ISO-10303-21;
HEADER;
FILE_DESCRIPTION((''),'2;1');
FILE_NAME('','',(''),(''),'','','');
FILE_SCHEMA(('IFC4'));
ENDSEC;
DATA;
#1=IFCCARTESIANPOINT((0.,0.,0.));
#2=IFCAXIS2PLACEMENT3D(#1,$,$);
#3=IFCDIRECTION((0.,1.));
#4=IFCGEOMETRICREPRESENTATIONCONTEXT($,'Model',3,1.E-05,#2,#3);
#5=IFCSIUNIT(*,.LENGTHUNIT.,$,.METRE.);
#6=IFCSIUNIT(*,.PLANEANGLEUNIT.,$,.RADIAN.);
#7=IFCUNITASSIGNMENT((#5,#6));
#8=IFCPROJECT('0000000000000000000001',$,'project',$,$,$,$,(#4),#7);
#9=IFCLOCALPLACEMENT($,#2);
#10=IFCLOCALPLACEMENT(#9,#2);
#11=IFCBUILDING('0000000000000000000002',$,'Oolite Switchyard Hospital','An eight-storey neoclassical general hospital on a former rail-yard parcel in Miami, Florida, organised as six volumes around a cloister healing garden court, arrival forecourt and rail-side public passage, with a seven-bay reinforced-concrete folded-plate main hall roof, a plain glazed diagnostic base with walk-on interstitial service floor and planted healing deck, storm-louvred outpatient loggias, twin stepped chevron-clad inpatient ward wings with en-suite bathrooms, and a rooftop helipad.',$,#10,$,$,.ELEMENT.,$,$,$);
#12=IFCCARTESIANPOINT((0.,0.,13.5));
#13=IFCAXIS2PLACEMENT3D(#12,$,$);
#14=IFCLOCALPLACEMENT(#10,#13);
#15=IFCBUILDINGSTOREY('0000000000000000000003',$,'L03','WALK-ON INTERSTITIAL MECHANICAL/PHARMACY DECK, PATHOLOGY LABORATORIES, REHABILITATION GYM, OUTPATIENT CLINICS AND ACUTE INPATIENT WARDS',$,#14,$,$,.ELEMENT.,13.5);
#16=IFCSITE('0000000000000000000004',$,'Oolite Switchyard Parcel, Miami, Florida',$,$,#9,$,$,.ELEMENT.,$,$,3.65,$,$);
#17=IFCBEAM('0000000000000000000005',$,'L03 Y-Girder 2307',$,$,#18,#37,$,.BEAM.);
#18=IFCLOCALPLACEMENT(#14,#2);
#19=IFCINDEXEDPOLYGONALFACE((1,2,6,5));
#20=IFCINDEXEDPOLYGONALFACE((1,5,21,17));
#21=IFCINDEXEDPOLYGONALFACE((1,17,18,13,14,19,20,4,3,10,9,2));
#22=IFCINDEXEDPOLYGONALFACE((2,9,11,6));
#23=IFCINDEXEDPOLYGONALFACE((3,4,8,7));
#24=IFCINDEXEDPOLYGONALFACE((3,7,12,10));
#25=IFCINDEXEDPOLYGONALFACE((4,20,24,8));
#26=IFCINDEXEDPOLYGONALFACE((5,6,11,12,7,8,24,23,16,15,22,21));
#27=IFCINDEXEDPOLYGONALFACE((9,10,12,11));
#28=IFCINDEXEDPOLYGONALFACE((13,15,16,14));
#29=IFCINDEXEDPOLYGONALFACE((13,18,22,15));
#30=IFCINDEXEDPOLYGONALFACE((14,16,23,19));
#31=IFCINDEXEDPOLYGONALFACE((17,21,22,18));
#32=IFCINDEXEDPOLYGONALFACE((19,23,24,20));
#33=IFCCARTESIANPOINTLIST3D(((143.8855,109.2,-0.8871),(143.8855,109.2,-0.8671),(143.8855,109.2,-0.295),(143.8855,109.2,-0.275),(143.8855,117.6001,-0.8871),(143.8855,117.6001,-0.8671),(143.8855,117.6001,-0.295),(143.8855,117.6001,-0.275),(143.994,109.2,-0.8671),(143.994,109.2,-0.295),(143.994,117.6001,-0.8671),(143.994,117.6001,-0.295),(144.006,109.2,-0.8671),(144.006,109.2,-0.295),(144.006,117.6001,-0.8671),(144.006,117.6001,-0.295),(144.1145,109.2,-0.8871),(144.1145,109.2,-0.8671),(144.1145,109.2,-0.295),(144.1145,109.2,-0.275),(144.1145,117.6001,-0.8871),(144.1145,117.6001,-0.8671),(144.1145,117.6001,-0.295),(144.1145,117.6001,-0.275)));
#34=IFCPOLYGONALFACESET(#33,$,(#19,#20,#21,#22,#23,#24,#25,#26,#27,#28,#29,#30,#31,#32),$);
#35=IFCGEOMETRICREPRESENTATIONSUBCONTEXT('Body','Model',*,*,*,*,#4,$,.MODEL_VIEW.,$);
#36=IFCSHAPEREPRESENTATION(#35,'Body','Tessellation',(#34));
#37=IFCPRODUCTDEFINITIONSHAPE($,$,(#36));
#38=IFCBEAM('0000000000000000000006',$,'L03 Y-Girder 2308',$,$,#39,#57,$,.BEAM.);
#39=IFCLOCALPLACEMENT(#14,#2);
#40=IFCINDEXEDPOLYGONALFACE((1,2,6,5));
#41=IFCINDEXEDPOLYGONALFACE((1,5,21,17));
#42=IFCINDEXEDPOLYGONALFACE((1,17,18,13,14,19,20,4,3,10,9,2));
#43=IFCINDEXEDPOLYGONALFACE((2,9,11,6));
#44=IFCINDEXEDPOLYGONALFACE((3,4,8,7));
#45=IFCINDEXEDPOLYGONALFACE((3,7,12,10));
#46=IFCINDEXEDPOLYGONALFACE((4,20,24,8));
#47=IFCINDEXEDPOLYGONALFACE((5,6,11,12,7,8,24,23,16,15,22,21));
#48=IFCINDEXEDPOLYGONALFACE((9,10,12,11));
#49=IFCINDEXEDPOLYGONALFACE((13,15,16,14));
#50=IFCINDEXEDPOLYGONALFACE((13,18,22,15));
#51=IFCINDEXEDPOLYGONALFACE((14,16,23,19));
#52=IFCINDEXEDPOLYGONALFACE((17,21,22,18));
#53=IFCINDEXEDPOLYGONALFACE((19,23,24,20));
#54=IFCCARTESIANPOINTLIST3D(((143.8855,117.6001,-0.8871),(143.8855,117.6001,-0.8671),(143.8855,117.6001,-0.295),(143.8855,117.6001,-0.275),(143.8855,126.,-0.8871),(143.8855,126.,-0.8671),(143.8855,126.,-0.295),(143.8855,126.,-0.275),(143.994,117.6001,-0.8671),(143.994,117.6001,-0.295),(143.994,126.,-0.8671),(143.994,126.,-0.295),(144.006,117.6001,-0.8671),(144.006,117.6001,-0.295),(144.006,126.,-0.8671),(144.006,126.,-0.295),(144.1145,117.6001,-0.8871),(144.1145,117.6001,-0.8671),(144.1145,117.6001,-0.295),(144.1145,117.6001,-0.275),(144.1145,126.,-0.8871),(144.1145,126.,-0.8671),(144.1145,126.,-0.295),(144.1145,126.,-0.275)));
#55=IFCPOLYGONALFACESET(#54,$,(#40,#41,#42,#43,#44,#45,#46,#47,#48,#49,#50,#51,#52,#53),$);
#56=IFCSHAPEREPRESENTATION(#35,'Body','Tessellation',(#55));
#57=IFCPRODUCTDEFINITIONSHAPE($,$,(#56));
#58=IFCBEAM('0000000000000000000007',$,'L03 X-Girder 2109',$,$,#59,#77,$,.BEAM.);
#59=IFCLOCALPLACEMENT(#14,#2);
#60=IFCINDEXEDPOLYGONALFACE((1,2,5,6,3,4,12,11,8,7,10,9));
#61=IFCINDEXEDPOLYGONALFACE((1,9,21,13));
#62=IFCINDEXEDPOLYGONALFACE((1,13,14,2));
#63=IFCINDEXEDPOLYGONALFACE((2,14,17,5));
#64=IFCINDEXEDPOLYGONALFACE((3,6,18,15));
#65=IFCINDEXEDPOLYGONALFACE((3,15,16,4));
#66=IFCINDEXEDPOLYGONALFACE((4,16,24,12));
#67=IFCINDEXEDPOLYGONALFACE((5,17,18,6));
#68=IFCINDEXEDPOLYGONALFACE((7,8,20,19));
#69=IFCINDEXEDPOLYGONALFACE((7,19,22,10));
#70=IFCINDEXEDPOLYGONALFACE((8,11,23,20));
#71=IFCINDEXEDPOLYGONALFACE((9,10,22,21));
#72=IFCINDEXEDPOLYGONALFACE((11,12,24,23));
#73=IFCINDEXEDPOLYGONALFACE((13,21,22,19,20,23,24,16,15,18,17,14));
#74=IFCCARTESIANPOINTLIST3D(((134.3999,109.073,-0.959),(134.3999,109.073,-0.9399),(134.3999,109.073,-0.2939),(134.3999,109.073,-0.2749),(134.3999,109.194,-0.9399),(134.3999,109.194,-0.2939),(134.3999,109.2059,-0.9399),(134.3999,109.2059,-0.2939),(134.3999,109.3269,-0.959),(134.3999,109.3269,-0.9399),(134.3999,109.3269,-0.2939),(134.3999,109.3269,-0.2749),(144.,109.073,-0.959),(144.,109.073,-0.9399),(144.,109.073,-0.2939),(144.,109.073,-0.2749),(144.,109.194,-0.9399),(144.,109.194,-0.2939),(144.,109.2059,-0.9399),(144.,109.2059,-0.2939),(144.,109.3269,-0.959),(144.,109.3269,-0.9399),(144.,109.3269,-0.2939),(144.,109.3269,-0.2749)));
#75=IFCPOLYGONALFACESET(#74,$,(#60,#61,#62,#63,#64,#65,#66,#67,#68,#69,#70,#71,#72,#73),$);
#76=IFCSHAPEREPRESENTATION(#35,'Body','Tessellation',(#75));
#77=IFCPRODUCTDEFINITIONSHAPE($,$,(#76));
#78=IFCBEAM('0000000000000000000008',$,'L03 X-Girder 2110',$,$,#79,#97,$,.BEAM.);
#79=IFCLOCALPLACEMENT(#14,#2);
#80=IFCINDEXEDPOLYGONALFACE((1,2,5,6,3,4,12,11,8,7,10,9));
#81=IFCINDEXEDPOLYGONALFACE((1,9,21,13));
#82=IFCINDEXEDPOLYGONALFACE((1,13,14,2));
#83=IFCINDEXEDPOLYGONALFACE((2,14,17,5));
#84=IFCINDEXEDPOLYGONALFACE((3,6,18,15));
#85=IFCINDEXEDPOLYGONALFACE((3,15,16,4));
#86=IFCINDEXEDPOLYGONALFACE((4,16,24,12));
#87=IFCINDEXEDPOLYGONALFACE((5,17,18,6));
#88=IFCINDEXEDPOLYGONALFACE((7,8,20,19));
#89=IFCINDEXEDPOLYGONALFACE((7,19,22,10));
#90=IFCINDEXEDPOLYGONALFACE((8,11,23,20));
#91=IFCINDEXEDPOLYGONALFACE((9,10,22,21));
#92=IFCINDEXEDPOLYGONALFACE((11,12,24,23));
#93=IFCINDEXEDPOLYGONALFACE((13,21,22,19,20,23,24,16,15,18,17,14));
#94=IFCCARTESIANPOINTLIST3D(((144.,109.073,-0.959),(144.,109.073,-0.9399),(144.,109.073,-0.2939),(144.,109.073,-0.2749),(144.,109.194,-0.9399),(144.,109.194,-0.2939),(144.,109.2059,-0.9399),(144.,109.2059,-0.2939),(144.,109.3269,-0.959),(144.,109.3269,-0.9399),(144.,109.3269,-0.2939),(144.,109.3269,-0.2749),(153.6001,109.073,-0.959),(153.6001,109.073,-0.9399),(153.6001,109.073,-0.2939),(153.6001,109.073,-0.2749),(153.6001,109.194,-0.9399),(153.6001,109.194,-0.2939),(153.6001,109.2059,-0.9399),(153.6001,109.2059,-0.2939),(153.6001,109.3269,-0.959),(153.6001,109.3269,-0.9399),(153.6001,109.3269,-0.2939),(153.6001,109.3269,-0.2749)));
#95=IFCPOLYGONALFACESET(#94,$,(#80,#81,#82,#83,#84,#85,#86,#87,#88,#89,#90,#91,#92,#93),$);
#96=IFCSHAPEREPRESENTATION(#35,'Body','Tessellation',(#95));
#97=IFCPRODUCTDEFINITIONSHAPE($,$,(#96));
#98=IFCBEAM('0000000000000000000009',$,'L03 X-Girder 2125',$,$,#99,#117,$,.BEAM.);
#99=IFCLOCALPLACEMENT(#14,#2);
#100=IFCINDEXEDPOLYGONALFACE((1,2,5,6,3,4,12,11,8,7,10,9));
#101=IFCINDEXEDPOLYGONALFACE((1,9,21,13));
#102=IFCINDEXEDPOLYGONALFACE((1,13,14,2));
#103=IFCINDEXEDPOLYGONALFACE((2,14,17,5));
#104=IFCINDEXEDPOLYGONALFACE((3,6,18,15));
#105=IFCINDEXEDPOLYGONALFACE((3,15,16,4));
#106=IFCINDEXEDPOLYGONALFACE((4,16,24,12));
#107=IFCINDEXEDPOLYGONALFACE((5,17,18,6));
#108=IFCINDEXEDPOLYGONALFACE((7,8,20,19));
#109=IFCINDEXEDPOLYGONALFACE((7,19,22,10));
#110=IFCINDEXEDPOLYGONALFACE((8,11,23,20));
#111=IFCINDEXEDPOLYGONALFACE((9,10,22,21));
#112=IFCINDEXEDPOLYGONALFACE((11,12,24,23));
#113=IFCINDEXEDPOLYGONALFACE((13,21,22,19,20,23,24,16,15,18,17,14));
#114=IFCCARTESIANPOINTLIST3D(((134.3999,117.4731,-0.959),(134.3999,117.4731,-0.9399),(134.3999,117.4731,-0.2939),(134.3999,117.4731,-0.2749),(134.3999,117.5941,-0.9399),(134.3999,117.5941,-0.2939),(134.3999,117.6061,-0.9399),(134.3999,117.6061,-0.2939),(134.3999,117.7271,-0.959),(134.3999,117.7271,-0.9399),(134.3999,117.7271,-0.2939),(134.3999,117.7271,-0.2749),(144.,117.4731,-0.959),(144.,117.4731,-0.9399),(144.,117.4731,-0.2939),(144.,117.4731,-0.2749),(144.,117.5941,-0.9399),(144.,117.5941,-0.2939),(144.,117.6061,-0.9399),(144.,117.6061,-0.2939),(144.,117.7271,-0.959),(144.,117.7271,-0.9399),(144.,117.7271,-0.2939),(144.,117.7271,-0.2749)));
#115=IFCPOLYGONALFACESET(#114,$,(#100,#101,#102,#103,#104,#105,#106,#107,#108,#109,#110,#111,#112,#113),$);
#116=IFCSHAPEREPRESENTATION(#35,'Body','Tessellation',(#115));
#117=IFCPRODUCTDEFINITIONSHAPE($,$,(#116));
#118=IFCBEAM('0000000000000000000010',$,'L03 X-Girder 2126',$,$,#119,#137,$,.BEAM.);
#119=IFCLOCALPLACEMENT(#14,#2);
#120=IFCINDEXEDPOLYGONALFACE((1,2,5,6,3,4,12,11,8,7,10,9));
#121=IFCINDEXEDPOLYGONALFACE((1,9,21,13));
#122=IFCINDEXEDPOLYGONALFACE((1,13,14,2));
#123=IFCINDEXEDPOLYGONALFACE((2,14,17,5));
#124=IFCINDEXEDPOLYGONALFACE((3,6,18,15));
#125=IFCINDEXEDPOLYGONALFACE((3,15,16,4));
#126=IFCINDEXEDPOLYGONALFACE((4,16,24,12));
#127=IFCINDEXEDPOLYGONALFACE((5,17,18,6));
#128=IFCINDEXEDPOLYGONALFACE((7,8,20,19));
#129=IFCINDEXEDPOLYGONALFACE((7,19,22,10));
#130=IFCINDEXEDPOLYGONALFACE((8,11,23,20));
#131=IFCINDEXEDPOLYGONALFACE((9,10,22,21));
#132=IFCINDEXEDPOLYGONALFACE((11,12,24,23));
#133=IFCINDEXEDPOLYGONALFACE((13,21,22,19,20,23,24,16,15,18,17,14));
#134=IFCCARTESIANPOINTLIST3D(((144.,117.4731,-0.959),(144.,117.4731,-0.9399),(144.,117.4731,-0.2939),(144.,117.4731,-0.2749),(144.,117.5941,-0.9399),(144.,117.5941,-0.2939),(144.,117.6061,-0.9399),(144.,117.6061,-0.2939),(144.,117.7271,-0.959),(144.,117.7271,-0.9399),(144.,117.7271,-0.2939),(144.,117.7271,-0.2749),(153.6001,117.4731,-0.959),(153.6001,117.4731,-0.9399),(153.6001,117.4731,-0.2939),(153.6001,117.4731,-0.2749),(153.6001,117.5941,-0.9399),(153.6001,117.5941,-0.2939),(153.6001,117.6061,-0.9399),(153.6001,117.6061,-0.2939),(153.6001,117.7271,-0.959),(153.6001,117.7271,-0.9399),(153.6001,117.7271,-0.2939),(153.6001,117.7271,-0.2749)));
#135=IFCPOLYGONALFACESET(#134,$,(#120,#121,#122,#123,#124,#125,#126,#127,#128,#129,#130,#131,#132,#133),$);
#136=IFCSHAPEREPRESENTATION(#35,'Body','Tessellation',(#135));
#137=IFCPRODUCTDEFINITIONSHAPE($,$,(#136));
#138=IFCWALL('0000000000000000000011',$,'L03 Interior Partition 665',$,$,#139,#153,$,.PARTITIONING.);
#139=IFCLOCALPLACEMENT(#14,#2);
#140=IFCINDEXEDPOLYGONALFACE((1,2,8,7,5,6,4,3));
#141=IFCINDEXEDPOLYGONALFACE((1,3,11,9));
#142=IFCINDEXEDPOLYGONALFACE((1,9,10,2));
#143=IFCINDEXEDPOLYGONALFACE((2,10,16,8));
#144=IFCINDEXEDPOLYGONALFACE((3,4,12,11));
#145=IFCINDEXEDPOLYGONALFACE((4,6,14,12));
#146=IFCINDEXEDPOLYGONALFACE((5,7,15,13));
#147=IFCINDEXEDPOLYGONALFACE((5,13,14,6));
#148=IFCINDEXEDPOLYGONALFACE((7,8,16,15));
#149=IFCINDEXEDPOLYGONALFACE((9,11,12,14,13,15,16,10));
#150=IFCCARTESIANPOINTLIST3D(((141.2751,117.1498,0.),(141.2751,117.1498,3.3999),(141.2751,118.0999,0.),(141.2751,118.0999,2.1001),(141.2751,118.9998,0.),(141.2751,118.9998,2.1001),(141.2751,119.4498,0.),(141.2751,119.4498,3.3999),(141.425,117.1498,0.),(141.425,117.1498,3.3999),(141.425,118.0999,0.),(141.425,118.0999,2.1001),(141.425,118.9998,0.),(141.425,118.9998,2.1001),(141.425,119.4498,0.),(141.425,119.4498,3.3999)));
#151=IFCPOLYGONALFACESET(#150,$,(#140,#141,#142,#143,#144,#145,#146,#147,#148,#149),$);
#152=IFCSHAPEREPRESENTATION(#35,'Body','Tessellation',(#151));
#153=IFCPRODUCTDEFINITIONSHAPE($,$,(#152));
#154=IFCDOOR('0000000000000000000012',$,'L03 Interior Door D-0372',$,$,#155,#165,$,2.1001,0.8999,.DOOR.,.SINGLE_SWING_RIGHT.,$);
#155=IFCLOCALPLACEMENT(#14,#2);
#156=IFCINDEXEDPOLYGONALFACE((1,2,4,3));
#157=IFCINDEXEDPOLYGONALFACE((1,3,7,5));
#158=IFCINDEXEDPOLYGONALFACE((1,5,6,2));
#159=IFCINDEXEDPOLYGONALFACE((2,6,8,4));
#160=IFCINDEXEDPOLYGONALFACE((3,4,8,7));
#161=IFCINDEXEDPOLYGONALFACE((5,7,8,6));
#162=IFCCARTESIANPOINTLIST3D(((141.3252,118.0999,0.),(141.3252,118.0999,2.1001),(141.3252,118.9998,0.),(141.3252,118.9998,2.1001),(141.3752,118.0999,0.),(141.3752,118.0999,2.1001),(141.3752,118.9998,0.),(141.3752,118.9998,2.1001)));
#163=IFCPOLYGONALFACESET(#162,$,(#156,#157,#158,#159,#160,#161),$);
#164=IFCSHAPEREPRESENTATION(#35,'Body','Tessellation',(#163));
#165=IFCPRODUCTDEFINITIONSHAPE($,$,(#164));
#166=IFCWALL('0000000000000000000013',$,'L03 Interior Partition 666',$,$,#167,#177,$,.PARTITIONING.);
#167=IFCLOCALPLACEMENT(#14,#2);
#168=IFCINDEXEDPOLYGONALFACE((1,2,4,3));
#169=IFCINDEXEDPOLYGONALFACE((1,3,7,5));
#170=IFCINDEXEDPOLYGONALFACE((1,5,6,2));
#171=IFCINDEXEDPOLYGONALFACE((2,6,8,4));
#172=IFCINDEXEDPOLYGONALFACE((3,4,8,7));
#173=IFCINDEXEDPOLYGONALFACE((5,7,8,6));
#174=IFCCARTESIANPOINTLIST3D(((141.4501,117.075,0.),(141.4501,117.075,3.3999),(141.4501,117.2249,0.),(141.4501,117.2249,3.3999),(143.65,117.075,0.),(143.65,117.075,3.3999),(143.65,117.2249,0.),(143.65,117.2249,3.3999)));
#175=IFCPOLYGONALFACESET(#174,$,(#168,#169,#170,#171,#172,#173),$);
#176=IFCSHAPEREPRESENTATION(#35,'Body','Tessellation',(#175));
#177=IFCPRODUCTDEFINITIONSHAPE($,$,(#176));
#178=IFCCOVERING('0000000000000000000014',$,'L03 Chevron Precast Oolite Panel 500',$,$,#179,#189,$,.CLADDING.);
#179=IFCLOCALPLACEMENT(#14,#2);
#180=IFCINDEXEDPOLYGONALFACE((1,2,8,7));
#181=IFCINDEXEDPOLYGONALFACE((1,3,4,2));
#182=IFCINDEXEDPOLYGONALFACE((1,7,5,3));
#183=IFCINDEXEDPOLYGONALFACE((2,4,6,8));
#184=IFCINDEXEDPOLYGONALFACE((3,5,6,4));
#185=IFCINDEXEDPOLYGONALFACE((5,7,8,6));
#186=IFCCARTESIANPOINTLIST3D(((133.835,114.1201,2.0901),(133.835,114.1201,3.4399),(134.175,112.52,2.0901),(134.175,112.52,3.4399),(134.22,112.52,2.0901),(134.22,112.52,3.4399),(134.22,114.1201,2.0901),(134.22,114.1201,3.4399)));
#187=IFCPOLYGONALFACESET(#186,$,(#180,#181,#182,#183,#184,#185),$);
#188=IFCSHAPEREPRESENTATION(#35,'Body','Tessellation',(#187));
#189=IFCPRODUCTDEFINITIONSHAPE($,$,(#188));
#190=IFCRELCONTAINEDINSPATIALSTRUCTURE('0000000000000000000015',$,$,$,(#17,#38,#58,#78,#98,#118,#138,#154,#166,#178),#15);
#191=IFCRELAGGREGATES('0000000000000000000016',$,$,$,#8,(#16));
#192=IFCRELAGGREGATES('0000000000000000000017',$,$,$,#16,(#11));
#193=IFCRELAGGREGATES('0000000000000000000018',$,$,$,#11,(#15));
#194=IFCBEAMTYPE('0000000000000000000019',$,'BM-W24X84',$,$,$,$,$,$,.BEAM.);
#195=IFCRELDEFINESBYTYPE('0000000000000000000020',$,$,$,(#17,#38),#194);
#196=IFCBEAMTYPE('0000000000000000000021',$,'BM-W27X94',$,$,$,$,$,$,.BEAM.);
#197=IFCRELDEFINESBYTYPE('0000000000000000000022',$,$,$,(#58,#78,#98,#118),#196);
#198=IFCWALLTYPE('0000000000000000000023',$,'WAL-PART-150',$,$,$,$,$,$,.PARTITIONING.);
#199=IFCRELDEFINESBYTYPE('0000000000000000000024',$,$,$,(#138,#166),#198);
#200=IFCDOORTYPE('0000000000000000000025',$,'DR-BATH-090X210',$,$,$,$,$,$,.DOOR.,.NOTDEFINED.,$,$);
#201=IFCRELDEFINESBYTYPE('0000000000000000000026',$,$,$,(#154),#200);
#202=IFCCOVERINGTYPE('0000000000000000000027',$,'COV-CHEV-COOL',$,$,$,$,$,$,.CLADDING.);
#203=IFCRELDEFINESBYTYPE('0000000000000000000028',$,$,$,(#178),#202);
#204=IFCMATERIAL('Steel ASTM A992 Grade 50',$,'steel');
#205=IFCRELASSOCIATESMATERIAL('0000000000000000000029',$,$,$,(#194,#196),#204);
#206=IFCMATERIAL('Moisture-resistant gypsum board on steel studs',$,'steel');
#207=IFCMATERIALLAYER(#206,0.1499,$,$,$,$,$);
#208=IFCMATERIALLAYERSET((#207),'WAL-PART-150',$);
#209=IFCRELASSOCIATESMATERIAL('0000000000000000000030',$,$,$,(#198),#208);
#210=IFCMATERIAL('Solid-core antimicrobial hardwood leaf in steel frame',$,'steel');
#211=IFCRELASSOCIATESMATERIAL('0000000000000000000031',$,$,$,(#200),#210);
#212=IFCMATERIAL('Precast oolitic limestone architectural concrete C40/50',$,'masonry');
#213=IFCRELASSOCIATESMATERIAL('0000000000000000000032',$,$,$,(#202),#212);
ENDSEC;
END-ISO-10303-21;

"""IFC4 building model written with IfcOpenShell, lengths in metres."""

from ifc_helpers import new_model, si_unit, direction, frame, frame_2d, origin, origin_2d, place, context, subcontext, project, spatial, polyline, rectangle, i_section, outline, extrude, material, layer, layer_set, material_profile, profile_set, type_object, element, fill, save


model = new_model("IFC4")

# Units and contexts
model_context = context("Model", 3, precision=1e-05, world=origin(), true_north=direction((0.0, 1.0)))
body_context = subcontext(model_context, "Body", "Model", "MODEL_VIEW")
ifc_project = project(units=[si_unit("LENGTHUNIT", "METRE"), si_unit("PLANEANGLEUNIT", "RADIAN")], contexts=[model_context])

# Site, building, storey
site_placement = place(None, origin())
site = spatial("IfcSite", under=ifc_project, at=site_placement, Name="Oolite Switchyard Parcel, Miami, Florida", CompositionType="ELEMENT", RefElevation=3.65)
building_placement = place(site_placement, origin())
building = spatial("IfcBuilding", under=site, at=building_placement, Name="Oolite Switchyard Hospital", Description="An eight-storey neoclassical general hospital on a former rail-yard parcel in Miami, Florida, organised as six volumes around a cloister healing garden court, arrival forecourt and rail-side public passage, with a seven-bay reinforced-concrete folded-plate main hall roof, a plain glazed diagnostic base with walk-on interstitial service floor and planted healing deck, storm-louvred outpatient loggias, twin stepped chevron-clad inpatient ward wings with en-suite bathrooms, and a rooftop helipad.", CompositionType="ELEMENT")
storey_placement = place(building_placement, frame((0.0, 0.0, 13.5)))
storey = spatial("IfcBuildingStorey", under=building, at=storey_placement, Name="L03", Description="WALK-ON INTERSTITIAL MECHANICAL/PHARMACY DECK, PATHOLOGY LABORATORIES, REHABILITATION GYM, OUTPATIENT CLINICS AND ACUTE INPATIENT WARDS", CompositionType="ELEMENT", Elevation=13.5)

# Beams
ifc_material_1 = material(Name="Steel ASTM A992 Grade 50", Category="steel")
ifc_material_profile_1 = material_profile(ifc_material_1, i_section(OverallWidth=0.229, OverallDepth=0.6121, WebThickness=0.012, FlangeThickness=0.02, at=origin_2d()), Name="W24X84")
ifc_profile_set_1 = profile_set([ifc_material_profile_1], Name="Steel ASTM A992 Grade 50")
beam_type_1 = type_object("IfcBeamType", Name="BM-W24X84", PredefinedType="BEAM", material=ifc_profile_set_1)
beam_1_placement = place(storey_placement, frame((144.0, 109.2, -0.5811), z_axis=(0.0, 1.0, 0.0), x_axis=(-1.0, 0.0, 0.0)))
element("IfcBeam", 1, at=beam_1_placement, inside=storey, type_object=beam_type_1, Name="L03 Y-Girder 2307", PredefinedType="BEAM", context=body_context, shape_type="SweptSolid", body=[
    extrude(i_section(OverallWidth=0.229, OverallDepth=0.6121, WebThickness=0.012, FlangeThickness=0.02, at=origin_2d()), origin(), (0.0, 0.0, 1.0), 8.4001),
])
beam_2_placement = place(storey_placement, frame((144.0, 117.6001, -0.5811), z_axis=(0.0, 1.0, 0.0), x_axis=(-1.0, 0.0, 0.0)))
element("IfcBeam", 2, at=beam_2_placement, inside=storey, type_object=beam_type_1, Name="L03 Y-Girder 2308", PredefinedType="BEAM", context=body_context, shape_type="SweptSolid", body=[
    extrude(i_section(OverallWidth=0.229, OverallDepth=0.6121, WebThickness=0.012, FlangeThickness=0.02, at=origin_2d()), origin(), (0.0, 0.0, 1.0), 8.3999),
])
ifc_material_profile_2 = material_profile(ifc_material_1, i_section(OverallWidth=0.2539, OverallDepth=0.6841, WebThickness=0.012, FlangeThickness=0.019, at=origin_2d()), Name="W27X94")
ifc_profile_set_2 = profile_set([ifc_material_profile_2], Name="Steel ASTM A992 Grade 50")
beam_type_2 = type_object("IfcBeamType", Name="BM-W27X94", PredefinedType="BEAM", material=ifc_profile_set_2)
for number, where, z_axis, x_axis, name in (
    (3, (134.3999, 109.2, -0.6169), (1.0, 0.0, 0.0), (0.0, 1.0, 0.0), "L03 X-Girder 2109"),
    (4, (144.0, 109.2, -0.6169), (1.0, 0.0, 0.0), (0.0, 1.0, 0.0), "L03 X-Girder 2110"),
    (5, (134.3999, 117.6001, -0.6169), (1.0, 0.0, 0.0), (0.0, 1.0, 0.0), "L03 X-Girder 2125"),
    (6, (144.0, 117.6001, -0.6169), (1.0, 0.0, 0.0), (0.0, 1.0, 0.0), "L03 X-Girder 2126"),
):
    element("IfcBeam", number, at=place(storey_placement, frame(where, z_axis=z_axis, x_axis=x_axis)), inside=storey, type_object=beam_type_2, Name=name, PredefinedType="BEAM", context=body_context, shape_type="SweptSolid", body=[
        extrude(i_section(OverallWidth=0.2539, OverallDepth=0.6841, WebThickness=0.012, FlangeThickness=0.019, at=origin_2d()), origin(), (0.0, 0.0, 1.0), 9.6001),
    ])

# Wall, opening, door
ifc_material_2 = material(Name="Moisture-resistant gypsum board on steel studs", Category="steel")
ifc_layer = layer(ifc_material_2, 0.1499)
ifc_layer_set = layer_set([ifc_layer], Name="WAL-PART-150")
wall_type = type_object("IfcWallType", Name="WAL-PART-150", PredefinedType="PARTITIONING", material=ifc_layer_set)
wall_1_placement = place(storey_placement, frame((141.3501, 117.1499, 0.0), z_axis=(0.0, 0.0, 1.0), x_axis=(0.0, 1.0, 0.0)))
wall_1 = element("IfcWall", 7, at=wall_1_placement, inside=storey, type_object=wall_type, Name="L03 Interior Partition 665", PredefinedType="PARTITIONING", context=body_context, shape_type="SweptSolid", body=[
    extrude(rectangle(XDim=2.3, YDim=0.1499, at=frame_2d((1.1499, 0.0))), origin(), (0.0, 0.0, 1.0), 3.3999),
])
opening_placement = place(wall_1_placement, frame((0.95, 0.0, 0.0)))
opening = element("IfcOpeningElement", 8, at=opening_placement, cuts=wall_1, PredefinedType="OPENING", context=body_context, shape_type="SweptSolid", body=[
    extrude(rectangle(XDim=0.8999, YDim=2.1001, at=frame_2d((0.45, 1.05))), frame((0.0, 0.085, 0.0), z_axis=(0.0, -1.0, 0.0), x_axis=(1.0, 0.0, 0.0)), (0.0, 0.0, 1.0), 0.1699),
])
ifc_material_3 = material(Name="Solid-core antimicrobial hardwood leaf in steel frame", Category="steel")
door_type = type_object("IfcDoorType", Name="DR-BATH-090X210", OperationType="NOTDEFINED", PredefinedType="DOOR", material=ifc_material_3)
door_placement = place(opening_placement, origin())
door = element("IfcDoor", 9, at=door_placement, inside=storey, type_object=door_type, Name="L03 Interior Door D-0372", OperationType="SINGLE_SWING_RIGHT", OverallHeight=2.1001, OverallWidth=0.8999, PredefinedType="DOOR", context=body_context, shape_type="SweptSolid", body=[
    extrude(rectangle(XDim=0.8999, YDim=2.1001, at=frame_2d((0.45, 1.05))), frame((0.0, 0.0249, 0.0), z_axis=(0.0, -1.0, 0.0), x_axis=(1.0, 0.0, 0.0)), (0.0, 0.0, 1.0), 0.05),
])
fill(opening, door)

# Wall
wall_2_placement = place(storey_placement, frame((141.45, 117.1499, 0.0), z_axis=(0.0, 0.0, 1.0), x_axis=(1.0, 0.0, 0.0)))
element("IfcWall", 10, at=wall_2_placement, inside=storey, type_object=wall_type, Name="L03 Interior Partition 666", PredefinedType="PARTITIONING", context=body_context, shape_type="SweptSolid", body=[
    extrude(rectangle(XDim=2.2, YDim=0.1499, at=frame_2d((1.1001, 0.0))), origin(), (0.0, 0.0, 1.0), 3.3999),
])

# Covering
ifc_material_4 = material(Name="Precast oolitic limestone architectural concrete C40/50", Category="masonry")
covering_type = type_object("IfcCoveringType", Name="COV-CHEV-COOL", PredefinedType="CLADDING", material=ifc_material_4)
covering_1_placement = place(storey_placement, frame((134.22, 112.52, 2.0901), z_axis=(0.0, 0.0, 1.0), x_axis=(0.0, 1.0, 0.0)))
element("IfcCovering", 11, at=covering_1_placement, inside=storey, type_object=covering_type, Name="L03 Chevron Precast Oolite Panel 500", PredefinedType="CLADDING", context=body_context, shape_type="SweptSolid", body=[
    extrude(outline(polyline([(0.0, 0.0), (1.6001, 0.0), (1.6001, 0.385), (0.0, 0.0449), (0.0, 0.0)])), origin(), (0.0, 0.0, 1.0), 1.3499),
])

save(model, "model.ifc")
